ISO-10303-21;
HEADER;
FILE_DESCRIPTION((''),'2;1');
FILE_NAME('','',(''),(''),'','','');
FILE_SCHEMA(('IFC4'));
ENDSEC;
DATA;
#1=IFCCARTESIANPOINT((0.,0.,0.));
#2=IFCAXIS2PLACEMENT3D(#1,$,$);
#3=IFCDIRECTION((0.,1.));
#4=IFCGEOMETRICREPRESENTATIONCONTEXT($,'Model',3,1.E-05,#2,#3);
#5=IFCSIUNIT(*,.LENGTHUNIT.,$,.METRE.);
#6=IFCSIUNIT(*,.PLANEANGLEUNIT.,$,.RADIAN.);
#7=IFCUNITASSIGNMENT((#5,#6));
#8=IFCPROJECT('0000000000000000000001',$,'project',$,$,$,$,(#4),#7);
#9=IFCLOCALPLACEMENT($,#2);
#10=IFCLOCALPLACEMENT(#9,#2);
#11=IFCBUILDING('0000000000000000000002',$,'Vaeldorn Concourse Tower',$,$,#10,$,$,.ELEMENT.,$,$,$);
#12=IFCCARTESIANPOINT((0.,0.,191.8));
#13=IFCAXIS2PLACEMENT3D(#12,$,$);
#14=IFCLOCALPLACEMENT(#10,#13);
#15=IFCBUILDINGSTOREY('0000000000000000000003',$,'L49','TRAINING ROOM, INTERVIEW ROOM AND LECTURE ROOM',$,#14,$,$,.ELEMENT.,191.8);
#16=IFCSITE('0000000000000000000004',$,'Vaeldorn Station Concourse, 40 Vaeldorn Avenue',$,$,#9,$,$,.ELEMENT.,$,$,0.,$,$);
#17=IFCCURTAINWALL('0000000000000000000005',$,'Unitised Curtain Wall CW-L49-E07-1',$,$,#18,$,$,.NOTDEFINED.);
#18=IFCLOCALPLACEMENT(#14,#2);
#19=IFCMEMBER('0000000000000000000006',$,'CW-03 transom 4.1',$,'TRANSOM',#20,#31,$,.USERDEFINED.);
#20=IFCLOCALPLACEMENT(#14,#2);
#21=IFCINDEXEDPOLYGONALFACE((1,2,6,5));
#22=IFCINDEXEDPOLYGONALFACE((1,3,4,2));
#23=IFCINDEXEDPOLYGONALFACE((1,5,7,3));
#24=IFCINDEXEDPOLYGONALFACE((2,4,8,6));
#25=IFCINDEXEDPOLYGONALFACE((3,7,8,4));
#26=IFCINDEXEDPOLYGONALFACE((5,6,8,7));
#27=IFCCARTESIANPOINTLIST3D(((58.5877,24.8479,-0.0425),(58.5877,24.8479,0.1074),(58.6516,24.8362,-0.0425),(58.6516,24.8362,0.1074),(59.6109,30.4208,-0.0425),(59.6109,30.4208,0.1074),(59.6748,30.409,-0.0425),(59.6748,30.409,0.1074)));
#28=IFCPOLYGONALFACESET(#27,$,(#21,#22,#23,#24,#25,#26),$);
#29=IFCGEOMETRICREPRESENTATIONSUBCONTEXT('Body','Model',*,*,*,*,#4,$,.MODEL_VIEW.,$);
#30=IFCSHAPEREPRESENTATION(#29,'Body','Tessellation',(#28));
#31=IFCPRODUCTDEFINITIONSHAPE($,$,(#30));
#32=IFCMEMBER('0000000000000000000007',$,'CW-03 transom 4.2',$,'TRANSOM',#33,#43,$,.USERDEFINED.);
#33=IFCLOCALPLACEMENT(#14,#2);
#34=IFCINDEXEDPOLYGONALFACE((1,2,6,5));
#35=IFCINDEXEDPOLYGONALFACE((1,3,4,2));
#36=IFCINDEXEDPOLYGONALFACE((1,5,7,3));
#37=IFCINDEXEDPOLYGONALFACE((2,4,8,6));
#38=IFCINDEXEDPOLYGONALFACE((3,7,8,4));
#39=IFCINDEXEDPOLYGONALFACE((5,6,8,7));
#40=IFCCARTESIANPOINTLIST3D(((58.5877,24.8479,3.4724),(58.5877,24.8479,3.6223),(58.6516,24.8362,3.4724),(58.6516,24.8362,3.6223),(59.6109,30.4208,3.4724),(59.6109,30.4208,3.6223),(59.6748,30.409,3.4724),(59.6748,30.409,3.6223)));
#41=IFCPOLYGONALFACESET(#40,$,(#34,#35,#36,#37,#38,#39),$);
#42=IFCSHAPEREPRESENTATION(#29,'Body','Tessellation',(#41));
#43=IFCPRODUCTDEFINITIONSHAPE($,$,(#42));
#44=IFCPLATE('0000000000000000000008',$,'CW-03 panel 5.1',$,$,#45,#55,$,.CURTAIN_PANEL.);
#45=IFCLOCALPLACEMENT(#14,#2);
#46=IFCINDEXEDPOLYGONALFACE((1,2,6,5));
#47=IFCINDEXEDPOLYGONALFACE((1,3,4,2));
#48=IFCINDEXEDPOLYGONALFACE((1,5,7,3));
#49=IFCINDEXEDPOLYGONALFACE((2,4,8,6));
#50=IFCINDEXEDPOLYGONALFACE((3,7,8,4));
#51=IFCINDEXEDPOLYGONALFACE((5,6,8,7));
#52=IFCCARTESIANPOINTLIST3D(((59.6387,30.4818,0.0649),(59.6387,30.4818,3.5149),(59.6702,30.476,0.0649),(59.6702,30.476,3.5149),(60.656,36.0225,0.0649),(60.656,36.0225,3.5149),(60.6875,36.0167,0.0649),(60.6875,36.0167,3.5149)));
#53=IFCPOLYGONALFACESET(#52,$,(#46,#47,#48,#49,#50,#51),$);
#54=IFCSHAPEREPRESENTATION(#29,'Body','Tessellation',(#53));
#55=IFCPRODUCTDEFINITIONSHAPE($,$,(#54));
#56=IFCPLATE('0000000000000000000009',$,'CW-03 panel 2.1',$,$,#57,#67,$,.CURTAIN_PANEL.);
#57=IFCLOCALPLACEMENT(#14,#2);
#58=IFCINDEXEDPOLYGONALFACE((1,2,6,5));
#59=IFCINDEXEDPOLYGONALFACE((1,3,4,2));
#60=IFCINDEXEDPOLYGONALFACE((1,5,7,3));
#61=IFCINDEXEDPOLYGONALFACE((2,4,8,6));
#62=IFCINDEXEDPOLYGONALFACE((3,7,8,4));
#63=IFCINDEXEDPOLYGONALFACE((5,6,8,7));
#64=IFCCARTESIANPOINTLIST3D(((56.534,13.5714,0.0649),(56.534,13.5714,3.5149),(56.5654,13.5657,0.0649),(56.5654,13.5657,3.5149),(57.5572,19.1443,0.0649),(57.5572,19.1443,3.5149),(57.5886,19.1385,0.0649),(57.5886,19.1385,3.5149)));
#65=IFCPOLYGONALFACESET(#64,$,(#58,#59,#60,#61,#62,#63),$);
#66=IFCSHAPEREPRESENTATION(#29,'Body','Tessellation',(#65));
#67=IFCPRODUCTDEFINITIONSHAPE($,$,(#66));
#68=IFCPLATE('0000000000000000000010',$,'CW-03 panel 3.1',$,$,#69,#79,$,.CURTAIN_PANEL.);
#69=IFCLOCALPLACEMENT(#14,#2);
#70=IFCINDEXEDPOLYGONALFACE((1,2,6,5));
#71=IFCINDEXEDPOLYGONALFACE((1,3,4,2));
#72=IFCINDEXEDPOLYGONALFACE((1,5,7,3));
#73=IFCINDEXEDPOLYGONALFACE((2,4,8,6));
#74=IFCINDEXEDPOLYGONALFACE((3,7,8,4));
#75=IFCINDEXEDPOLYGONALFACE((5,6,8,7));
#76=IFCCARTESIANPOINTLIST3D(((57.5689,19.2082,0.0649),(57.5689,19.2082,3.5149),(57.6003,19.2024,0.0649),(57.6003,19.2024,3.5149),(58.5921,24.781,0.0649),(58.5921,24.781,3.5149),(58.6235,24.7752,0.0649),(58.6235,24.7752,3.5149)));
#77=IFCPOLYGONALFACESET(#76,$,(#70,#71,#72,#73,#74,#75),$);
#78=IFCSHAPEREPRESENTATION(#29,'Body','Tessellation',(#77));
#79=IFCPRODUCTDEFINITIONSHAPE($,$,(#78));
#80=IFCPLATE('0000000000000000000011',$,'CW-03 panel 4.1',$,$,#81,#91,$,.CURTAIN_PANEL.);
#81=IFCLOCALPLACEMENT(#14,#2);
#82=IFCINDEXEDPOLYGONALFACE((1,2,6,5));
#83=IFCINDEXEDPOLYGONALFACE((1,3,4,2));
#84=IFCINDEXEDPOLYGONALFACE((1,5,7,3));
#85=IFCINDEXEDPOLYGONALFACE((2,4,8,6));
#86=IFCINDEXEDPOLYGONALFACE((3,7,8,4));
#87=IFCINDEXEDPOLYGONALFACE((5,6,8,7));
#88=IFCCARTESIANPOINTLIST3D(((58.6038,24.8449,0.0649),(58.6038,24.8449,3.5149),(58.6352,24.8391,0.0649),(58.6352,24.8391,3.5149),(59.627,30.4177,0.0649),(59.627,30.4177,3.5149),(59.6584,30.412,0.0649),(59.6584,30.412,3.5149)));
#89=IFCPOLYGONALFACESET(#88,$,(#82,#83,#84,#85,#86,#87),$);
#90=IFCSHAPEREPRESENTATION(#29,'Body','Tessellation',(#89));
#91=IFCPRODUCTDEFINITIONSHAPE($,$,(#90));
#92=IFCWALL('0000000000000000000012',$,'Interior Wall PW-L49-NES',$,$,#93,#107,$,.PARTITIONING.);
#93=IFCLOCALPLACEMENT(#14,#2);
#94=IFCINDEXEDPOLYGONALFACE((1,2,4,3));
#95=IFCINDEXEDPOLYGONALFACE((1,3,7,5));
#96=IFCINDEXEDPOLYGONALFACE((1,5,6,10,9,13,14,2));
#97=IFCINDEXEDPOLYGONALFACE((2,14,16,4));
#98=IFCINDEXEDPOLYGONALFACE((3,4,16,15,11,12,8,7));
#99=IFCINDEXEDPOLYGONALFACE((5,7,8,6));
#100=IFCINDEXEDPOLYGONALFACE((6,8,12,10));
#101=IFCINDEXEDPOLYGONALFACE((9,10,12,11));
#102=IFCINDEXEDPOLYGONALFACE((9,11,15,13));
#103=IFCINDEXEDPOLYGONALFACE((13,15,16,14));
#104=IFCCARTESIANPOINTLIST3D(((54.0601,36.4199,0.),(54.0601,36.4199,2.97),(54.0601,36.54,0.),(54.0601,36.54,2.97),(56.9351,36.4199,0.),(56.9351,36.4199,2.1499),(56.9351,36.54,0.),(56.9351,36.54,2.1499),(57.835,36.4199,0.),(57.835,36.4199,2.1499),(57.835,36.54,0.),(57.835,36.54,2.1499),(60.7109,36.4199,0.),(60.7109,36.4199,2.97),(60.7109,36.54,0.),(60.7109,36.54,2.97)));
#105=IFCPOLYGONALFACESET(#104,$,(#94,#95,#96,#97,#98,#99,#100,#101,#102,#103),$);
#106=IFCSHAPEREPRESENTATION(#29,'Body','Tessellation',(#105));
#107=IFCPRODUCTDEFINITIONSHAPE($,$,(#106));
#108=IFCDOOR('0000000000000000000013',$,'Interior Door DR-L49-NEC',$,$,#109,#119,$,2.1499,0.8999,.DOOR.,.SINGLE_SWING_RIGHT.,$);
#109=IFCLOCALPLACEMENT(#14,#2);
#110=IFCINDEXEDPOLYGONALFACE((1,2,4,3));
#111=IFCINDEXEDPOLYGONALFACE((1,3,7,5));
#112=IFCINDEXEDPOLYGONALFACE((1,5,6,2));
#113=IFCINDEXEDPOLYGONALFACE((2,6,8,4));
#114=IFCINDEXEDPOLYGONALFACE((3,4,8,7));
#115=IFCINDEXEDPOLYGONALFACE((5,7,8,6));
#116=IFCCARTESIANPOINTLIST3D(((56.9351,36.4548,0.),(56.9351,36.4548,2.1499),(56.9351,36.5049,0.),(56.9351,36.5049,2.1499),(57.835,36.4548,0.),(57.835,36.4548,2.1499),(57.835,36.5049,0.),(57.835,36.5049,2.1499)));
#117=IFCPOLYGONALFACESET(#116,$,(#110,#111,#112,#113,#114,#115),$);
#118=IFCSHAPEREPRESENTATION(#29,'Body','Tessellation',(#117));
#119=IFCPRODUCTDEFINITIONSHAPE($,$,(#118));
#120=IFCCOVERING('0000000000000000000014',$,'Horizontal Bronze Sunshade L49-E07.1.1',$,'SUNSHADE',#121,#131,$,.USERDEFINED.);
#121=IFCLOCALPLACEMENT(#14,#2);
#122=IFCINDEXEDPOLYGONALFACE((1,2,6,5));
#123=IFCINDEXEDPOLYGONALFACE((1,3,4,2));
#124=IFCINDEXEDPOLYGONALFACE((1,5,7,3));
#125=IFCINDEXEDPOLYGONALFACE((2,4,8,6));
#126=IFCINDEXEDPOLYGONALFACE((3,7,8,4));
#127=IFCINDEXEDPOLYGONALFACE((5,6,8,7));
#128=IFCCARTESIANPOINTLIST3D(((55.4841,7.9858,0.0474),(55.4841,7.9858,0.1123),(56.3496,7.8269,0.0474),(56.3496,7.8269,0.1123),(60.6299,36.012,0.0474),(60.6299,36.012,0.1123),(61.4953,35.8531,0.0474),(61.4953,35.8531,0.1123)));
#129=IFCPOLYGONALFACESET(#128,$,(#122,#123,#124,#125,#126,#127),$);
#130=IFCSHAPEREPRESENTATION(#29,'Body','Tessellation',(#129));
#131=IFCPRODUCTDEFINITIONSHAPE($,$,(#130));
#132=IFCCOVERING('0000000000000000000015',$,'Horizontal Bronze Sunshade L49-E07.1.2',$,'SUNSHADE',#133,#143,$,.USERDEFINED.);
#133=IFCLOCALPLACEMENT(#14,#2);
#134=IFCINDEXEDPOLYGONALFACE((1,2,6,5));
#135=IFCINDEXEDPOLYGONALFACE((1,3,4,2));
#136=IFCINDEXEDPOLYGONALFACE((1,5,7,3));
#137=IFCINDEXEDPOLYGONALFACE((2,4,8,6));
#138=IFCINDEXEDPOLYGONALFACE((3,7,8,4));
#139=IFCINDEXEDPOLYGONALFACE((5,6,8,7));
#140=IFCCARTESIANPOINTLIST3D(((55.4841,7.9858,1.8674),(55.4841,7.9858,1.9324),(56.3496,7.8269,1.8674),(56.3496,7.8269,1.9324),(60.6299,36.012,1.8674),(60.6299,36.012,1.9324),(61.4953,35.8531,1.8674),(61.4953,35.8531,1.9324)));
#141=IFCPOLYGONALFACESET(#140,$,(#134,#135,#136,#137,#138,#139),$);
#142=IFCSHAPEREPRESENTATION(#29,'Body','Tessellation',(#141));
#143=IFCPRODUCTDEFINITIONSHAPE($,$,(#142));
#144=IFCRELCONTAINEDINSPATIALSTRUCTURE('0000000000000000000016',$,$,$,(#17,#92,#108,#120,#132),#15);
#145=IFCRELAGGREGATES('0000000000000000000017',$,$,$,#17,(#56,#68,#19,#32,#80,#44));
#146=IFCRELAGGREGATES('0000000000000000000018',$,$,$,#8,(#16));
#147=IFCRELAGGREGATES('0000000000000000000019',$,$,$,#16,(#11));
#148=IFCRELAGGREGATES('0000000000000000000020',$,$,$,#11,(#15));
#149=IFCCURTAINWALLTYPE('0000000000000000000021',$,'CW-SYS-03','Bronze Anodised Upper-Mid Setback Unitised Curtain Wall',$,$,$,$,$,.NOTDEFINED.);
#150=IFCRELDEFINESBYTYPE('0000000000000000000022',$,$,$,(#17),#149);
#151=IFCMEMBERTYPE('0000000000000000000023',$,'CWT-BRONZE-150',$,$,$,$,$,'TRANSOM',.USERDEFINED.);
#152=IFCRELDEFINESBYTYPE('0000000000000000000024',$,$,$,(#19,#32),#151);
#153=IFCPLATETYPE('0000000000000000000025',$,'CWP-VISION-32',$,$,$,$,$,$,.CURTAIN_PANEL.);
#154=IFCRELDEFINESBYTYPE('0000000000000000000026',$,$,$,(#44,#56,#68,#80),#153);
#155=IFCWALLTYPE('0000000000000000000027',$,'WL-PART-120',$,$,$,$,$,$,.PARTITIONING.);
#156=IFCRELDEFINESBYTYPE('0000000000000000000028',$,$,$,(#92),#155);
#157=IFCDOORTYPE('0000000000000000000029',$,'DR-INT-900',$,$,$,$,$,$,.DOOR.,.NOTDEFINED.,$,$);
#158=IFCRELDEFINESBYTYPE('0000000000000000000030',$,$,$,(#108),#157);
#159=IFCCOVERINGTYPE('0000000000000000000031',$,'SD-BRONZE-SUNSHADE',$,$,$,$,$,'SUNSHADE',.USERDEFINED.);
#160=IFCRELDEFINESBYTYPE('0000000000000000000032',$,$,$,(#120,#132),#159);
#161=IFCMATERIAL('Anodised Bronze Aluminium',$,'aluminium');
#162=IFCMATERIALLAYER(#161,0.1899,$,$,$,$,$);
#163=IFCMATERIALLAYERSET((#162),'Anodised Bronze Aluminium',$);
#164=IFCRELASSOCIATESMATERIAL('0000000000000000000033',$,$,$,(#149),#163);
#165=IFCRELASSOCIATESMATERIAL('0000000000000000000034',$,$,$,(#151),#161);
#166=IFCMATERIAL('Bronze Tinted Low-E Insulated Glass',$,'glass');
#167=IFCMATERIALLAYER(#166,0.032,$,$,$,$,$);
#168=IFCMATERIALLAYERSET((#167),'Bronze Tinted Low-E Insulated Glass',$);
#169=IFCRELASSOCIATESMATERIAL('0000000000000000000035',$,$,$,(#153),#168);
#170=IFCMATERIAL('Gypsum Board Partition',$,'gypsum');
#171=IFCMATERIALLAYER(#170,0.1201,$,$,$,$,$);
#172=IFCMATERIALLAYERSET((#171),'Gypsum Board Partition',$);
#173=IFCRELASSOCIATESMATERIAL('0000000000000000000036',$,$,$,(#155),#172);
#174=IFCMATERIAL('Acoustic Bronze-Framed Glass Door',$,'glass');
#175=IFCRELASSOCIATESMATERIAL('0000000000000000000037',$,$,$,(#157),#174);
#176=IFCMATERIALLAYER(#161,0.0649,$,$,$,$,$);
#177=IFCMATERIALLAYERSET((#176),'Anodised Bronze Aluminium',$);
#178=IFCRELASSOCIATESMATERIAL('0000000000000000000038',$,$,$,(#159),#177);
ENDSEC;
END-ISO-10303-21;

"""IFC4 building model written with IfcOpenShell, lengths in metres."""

from ifc_helpers import new_model, si_unit, direction, frame, frame_2d, origin, origin_2d, place, context, subcontext, project, spatial, rectangle, extrude, source, transform, mapped, material, layer, layer_set, material_profile, profile_set, type_object, element, fill, aggregate, save


model = new_model("IFC4")

# Units and contexts
model_context = context("Model", 3, precision=1e-05, world=origin(), true_north=direction((0.0, 1.0)))
body_context = subcontext(model_context, "Body", "Model", "MODEL_VIEW")
ifc_project = project(units=[si_unit("LENGTHUNIT", "METRE"), si_unit("PLANEANGLEUNIT", "RADIAN")], contexts=[model_context])

# Site, building, storey
site_placement = place(None, origin())
site = spatial("IfcSite", under=ifc_project, at=site_placement, Name="Vaeldorn Station Concourse, 40 Vaeldorn Avenue", CompositionType="ELEMENT", RefElevation=0.0)
building_placement = place(site_placement, origin())
building = spatial("IfcBuilding", under=site, at=building_placement, Name="Vaeldorn Concourse Tower", CompositionType="ELEMENT")
storey_placement = place(building_placement, frame((0.0, 0.0, 191.8)))
storey = spatial("IfcBuildingStorey", under=building, at=storey_placement, Name="L49", Description="TRAINING ROOM, INTERVIEW ROOM AND LECTURE ROOM", CompositionType="ELEMENT", Elevation=191.8)

# Curtain wall, members, plates
ifc_material_1 = material(Name="Anodised Bronze Aluminium", Category="aluminium")
ifc_layer_1 = layer(ifc_material_1, 0.1899)
ifc_layer_set_1 = layer_set([ifc_layer_1], Name="Anodised Bronze Aluminium")
curtain_wall_type = type_object("IfcCurtainWallType", Name="CW-SYS-03", Description="Bronze Anodised Upper-Mid Setback Unitised Curtain Wall", PredefinedType="NOTDEFINED", material=ifc_layer_set_1)
curtain_wall_placement = place(storey_placement, origin())
curtain_wall = element("IfcCurtainWall", 1, at=curtain_wall_placement, inside=storey, type_object=curtain_wall_type, Name="Unitised Curtain Wall CW-L49-E07-1", PredefinedType="NOTDEFINED")
ifc_material_profile_1 = material_profile(ifc_material_1, rectangle(XDim=0.0649, YDim=0.1499, at=origin_2d()), Name="CWT 65x150")
ifc_profile_set_1 = profile_set([ifc_material_profile_1], Name="Anodised Bronze Aluminium")
member_type_1 = type_object("IfcMemberType", Name="CWT-BRONZE-150", ElementType="TRANSOM", PredefinedType="USERDEFINED", material=ifc_profile_set_1)
shared_shape_1 = source(origin(), body_context, "Body", "SweptSolid", [
    extrude(rectangle(XDim=0.0649, YDim=0.1499, at=origin_2d()), origin(), (0.0, 0.0, 1.0), 5.666),
])
member_1_placement = place(storey_placement, frame((58.6196, 24.842, 0.0325), z_axis=(0.180588, 0.983559, 0.0), x_axis=(-0.983559, 0.180588, 0.0)))
member_1 = element("IfcMember", 2, at=member_1_placement, type_object=member_type_1, Name="CW-03 transom 4.1", ObjectType="TRANSOM", PredefinedType="USERDEFINED", context=body_context, shape_type="MappedRepresentation", body=[
    mapped(shared_shape_1, transform((0.0, 0.0, 0.0), scale=1.0)),
])
member_2_placement = place(storey_placement, frame((58.6196, 24.842, 3.5474), z_axis=(0.180588, 0.983559, 0.0), x_axis=(-0.983559, 0.180588, 0.0)))
member_2 = element("IfcMember", 3, at=member_2_placement, type_object=member_type_1, Name="CW-03 transom 4.2", ObjectType="TRANSOM", PredefinedType="USERDEFINED", context=body_context, shape_type="MappedRepresentation", body=[
    mapped(shared_shape_1, transform((0.0, 0.0, 0.0), scale=1.0)),
])
ifc_material_2 = material(Name="Bronze Tinted Low-E Insulated Glass", Category="glass")
ifc_layer_2 = layer(ifc_material_2, 0.032)
ifc_layer_set_2 = layer_set([ifc_layer_2], Name="Bronze Tinted Low-E Insulated Glass")
plate_type = type_object("IfcPlateType", Name="CWP-VISION-32", PredefinedType="CURTAIN_PANEL", material=ifc_layer_set_2)
shared_shape_2 = source(origin(), body_context, "Body", "SweptSolid", [
    extrude(rectangle(XDim=5.6333, YDim=0.032, at=origin_2d()), origin(), (0.0, 0.0, 1.0), 3.45),
])
plate_1_placement = place(storey_placement, frame((60.1631, 33.2493, 0.0649), z_axis=(0.0, 0.0, 1.0), x_axis=(0.180585, 0.983559, 0.0)))
plate_1 = element("IfcPlate", 4, at=plate_1_placement, type_object=plate_type, Name="CW-03 panel 5.1", PredefinedType="CURTAIN_PANEL", context=body_context, shape_type="MappedRepresentation", body=[
    mapped(shared_shape_2, transform((0.0, 0.0, 0.0), scale=1.0)),
])
shared_shape_3 = source(origin(), body_context, "Body", "SweptSolid", [
    extrude(rectangle(XDim=5.666, YDim=0.032, at=origin_2d()), origin(), (0.0, 0.0, 1.0), 3.45),
])
plate_2_placement = place(storey_placement, frame((57.0613, 16.355, 0.0649), z_axis=(0.0, 0.0, 1.0), x_axis=(0.180585, 0.983559, 0.0)))
plate_2 = element("IfcPlate", 5, at=plate_2_placement, type_object=plate_type, Name="CW-03 panel 2.1", PredefinedType="CURTAIN_PANEL", context=body_context, shape_type="MappedRepresentation", body=[
    mapped(shared_shape_3, transform((0.0, 0.0, 0.0), scale=1.0)),
])
plate_3_placement = place(storey_placement, frame((58.0962, 21.9917, 0.0649), z_axis=(0.0, 0.0, 1.0), x_axis=(0.180585, 0.983559, 0.0)))
plate_3 = element("IfcPlate", 6, at=plate_3_placement, type_object=plate_type, Name="CW-03 panel 3.1", PredefinedType="CURTAIN_PANEL", context=body_context, shape_type="MappedRepresentation", body=[
    mapped(shared_shape_3, transform((0.0, 0.0, 0.0), scale=1.0)),
])
plate_4_placement = place(storey_placement, frame((59.1311, 27.6284, 0.0649), z_axis=(0.0, 0.0, 1.0), x_axis=(0.180585, 0.983559, 0.0)))
plate_4 = element("IfcPlate", 7, at=plate_4_placement, type_object=plate_type, Name="CW-03 panel 4.1", PredefinedType="CURTAIN_PANEL", context=body_context, shape_type="MappedRepresentation", body=[
    mapped(shared_shape_3, transform((0.0, 0.0, 0.0), scale=1.0)),
])
aggregate(curtain_wall, [plate_2, plate_3, member_1, member_2, plate_4, plate_1])

# Wall, opening, door
ifc_material_3 = material(Name="Gypsum Board Partition", Category="gypsum")
ifc_layer_3 = layer(ifc_material_3, 0.1201)
ifc_layer_set_3 = layer_set([ifc_layer_3], Name="Gypsum Board Partition")
wall_type = type_object("IfcWallType", Name="WL-PART-120", PredefinedType="PARTITIONING", material=ifc_layer_set_3)
wall_placement = place(storey_placement, frame((54.0601, 36.48, 0.0), z_axis=(0.0, 0.0, 1.0), x_axis=(1.0, 0.0, 0.0)))
wall = element("IfcWall", 8, at=wall_placement, inside=storey, type_object=wall_type, Name="Interior Wall PW-L49-NES", PredefinedType="PARTITIONING", context=body_context, shape_type="SweptSolid", body=[
    extrude(rectangle(XDim=6.6509, YDim=0.1201, at=frame_2d((3.3254, 0.0))), origin(), (0.0, 0.0, 1.0), 2.97),
])
opening_placement = place(wall_placement, frame((2.875, 0.0, 0.0)))
opening = element("IfcOpeningElement", 9, at=opening_placement, cuts=wall, PredefinedType="OPENING", context=body_context, shape_type="SweptSolid", body=[
    extrude(rectangle(XDim=0.8999, YDim=2.1499, at=frame_2d((0.45, 1.075))), frame((0.0, 0.0701, 0.0), z_axis=(0.0, -1.0, 0.0), x_axis=(1.0, 0.0, 0.0)), (0.0, 0.0, 1.0), 0.1401),
])
ifc_material_4 = material(Name="Acoustic Bronze-Framed Glass Door", Category="glass")
door_type = type_object("IfcDoorType", Name="DR-INT-900", OperationType="NOTDEFINED", PredefinedType="DOOR", material=ifc_material_4)
shared_shape_4 = source(origin(), body_context, "Body", "SweptSolid", [
    extrude(rectangle(XDim=0.8999, YDim=2.1499, at=frame_2d((0.45, 1.075))), frame((0.0, 0.0249, 0.0), z_axis=(0.0, -1.0, 0.0), x_axis=(1.0, 0.0, 0.0)), (0.0, 0.0, 1.0), 0.05),
])
door_placement = place(opening_placement, origin())
door = element("IfcDoor", 10, at=door_placement, inside=storey, type_object=door_type, Name="Interior Door DR-L49-NEC", OperationType="SINGLE_SWING_RIGHT", OverallHeight=2.1499, OverallWidth=0.8999, PredefinedType="DOOR", context=body_context, shape_type="MappedRepresentation", body=[
    mapped(shared_shape_4, transform((0.0, 0.0, 0.0), scale=1.0)),
])
fill(opening, door)

# Coverings
ifc_layer_4 = layer(ifc_material_1, 0.0649)
ifc_layer_set_4 = layer_set([ifc_layer_4], Name="Anodised Bronze Aluminium")
covering_type = type_object("IfcCoveringType", Name="SD-BRONZE-SUNSHADE", ElementType="SUNSHADE", PredefinedType="USERDEFINED", material=ifc_layer_set_4)
shared_shape_5 = source(origin(), body_context, "Body", "SweptSolid", [
    extrude(rectangle(XDim=28.4946, YDim=0.8799, at=origin_2d()), origin(), (0.0, 0.0, 1.0), 0.0649),
])
for number, where, z_axis, x_axis, name in (
    (11, (58.4897, 21.9194, 0.0474), (0.0, 0.0, 1.0), (0.180588, 0.983559, 0.0), "Horizontal Bronze Sunshade L49-E07.1.1"),
    (12, (58.4897, 21.9194, 1.8674), (0.0, 0.0, 1.0), (0.180588, 0.983559, 0.0), "Horizontal Bronze Sunshade L49-E07.1.2"),
):
    element("IfcCovering", number, at=place(storey_placement, frame(where, z_axis=z_axis, x_axis=x_axis)), inside=storey, type_object=covering_type, Name=name, ObjectType="SUNSHADE", PredefinedType="USERDEFINED", context=body_context, shape_type="MappedRepresentation", body=[
        mapped(shared_shape_5, transform((0.0, 0.0, 0.0), scale=1.0)),
    ])

save(model, "model.ifc")
